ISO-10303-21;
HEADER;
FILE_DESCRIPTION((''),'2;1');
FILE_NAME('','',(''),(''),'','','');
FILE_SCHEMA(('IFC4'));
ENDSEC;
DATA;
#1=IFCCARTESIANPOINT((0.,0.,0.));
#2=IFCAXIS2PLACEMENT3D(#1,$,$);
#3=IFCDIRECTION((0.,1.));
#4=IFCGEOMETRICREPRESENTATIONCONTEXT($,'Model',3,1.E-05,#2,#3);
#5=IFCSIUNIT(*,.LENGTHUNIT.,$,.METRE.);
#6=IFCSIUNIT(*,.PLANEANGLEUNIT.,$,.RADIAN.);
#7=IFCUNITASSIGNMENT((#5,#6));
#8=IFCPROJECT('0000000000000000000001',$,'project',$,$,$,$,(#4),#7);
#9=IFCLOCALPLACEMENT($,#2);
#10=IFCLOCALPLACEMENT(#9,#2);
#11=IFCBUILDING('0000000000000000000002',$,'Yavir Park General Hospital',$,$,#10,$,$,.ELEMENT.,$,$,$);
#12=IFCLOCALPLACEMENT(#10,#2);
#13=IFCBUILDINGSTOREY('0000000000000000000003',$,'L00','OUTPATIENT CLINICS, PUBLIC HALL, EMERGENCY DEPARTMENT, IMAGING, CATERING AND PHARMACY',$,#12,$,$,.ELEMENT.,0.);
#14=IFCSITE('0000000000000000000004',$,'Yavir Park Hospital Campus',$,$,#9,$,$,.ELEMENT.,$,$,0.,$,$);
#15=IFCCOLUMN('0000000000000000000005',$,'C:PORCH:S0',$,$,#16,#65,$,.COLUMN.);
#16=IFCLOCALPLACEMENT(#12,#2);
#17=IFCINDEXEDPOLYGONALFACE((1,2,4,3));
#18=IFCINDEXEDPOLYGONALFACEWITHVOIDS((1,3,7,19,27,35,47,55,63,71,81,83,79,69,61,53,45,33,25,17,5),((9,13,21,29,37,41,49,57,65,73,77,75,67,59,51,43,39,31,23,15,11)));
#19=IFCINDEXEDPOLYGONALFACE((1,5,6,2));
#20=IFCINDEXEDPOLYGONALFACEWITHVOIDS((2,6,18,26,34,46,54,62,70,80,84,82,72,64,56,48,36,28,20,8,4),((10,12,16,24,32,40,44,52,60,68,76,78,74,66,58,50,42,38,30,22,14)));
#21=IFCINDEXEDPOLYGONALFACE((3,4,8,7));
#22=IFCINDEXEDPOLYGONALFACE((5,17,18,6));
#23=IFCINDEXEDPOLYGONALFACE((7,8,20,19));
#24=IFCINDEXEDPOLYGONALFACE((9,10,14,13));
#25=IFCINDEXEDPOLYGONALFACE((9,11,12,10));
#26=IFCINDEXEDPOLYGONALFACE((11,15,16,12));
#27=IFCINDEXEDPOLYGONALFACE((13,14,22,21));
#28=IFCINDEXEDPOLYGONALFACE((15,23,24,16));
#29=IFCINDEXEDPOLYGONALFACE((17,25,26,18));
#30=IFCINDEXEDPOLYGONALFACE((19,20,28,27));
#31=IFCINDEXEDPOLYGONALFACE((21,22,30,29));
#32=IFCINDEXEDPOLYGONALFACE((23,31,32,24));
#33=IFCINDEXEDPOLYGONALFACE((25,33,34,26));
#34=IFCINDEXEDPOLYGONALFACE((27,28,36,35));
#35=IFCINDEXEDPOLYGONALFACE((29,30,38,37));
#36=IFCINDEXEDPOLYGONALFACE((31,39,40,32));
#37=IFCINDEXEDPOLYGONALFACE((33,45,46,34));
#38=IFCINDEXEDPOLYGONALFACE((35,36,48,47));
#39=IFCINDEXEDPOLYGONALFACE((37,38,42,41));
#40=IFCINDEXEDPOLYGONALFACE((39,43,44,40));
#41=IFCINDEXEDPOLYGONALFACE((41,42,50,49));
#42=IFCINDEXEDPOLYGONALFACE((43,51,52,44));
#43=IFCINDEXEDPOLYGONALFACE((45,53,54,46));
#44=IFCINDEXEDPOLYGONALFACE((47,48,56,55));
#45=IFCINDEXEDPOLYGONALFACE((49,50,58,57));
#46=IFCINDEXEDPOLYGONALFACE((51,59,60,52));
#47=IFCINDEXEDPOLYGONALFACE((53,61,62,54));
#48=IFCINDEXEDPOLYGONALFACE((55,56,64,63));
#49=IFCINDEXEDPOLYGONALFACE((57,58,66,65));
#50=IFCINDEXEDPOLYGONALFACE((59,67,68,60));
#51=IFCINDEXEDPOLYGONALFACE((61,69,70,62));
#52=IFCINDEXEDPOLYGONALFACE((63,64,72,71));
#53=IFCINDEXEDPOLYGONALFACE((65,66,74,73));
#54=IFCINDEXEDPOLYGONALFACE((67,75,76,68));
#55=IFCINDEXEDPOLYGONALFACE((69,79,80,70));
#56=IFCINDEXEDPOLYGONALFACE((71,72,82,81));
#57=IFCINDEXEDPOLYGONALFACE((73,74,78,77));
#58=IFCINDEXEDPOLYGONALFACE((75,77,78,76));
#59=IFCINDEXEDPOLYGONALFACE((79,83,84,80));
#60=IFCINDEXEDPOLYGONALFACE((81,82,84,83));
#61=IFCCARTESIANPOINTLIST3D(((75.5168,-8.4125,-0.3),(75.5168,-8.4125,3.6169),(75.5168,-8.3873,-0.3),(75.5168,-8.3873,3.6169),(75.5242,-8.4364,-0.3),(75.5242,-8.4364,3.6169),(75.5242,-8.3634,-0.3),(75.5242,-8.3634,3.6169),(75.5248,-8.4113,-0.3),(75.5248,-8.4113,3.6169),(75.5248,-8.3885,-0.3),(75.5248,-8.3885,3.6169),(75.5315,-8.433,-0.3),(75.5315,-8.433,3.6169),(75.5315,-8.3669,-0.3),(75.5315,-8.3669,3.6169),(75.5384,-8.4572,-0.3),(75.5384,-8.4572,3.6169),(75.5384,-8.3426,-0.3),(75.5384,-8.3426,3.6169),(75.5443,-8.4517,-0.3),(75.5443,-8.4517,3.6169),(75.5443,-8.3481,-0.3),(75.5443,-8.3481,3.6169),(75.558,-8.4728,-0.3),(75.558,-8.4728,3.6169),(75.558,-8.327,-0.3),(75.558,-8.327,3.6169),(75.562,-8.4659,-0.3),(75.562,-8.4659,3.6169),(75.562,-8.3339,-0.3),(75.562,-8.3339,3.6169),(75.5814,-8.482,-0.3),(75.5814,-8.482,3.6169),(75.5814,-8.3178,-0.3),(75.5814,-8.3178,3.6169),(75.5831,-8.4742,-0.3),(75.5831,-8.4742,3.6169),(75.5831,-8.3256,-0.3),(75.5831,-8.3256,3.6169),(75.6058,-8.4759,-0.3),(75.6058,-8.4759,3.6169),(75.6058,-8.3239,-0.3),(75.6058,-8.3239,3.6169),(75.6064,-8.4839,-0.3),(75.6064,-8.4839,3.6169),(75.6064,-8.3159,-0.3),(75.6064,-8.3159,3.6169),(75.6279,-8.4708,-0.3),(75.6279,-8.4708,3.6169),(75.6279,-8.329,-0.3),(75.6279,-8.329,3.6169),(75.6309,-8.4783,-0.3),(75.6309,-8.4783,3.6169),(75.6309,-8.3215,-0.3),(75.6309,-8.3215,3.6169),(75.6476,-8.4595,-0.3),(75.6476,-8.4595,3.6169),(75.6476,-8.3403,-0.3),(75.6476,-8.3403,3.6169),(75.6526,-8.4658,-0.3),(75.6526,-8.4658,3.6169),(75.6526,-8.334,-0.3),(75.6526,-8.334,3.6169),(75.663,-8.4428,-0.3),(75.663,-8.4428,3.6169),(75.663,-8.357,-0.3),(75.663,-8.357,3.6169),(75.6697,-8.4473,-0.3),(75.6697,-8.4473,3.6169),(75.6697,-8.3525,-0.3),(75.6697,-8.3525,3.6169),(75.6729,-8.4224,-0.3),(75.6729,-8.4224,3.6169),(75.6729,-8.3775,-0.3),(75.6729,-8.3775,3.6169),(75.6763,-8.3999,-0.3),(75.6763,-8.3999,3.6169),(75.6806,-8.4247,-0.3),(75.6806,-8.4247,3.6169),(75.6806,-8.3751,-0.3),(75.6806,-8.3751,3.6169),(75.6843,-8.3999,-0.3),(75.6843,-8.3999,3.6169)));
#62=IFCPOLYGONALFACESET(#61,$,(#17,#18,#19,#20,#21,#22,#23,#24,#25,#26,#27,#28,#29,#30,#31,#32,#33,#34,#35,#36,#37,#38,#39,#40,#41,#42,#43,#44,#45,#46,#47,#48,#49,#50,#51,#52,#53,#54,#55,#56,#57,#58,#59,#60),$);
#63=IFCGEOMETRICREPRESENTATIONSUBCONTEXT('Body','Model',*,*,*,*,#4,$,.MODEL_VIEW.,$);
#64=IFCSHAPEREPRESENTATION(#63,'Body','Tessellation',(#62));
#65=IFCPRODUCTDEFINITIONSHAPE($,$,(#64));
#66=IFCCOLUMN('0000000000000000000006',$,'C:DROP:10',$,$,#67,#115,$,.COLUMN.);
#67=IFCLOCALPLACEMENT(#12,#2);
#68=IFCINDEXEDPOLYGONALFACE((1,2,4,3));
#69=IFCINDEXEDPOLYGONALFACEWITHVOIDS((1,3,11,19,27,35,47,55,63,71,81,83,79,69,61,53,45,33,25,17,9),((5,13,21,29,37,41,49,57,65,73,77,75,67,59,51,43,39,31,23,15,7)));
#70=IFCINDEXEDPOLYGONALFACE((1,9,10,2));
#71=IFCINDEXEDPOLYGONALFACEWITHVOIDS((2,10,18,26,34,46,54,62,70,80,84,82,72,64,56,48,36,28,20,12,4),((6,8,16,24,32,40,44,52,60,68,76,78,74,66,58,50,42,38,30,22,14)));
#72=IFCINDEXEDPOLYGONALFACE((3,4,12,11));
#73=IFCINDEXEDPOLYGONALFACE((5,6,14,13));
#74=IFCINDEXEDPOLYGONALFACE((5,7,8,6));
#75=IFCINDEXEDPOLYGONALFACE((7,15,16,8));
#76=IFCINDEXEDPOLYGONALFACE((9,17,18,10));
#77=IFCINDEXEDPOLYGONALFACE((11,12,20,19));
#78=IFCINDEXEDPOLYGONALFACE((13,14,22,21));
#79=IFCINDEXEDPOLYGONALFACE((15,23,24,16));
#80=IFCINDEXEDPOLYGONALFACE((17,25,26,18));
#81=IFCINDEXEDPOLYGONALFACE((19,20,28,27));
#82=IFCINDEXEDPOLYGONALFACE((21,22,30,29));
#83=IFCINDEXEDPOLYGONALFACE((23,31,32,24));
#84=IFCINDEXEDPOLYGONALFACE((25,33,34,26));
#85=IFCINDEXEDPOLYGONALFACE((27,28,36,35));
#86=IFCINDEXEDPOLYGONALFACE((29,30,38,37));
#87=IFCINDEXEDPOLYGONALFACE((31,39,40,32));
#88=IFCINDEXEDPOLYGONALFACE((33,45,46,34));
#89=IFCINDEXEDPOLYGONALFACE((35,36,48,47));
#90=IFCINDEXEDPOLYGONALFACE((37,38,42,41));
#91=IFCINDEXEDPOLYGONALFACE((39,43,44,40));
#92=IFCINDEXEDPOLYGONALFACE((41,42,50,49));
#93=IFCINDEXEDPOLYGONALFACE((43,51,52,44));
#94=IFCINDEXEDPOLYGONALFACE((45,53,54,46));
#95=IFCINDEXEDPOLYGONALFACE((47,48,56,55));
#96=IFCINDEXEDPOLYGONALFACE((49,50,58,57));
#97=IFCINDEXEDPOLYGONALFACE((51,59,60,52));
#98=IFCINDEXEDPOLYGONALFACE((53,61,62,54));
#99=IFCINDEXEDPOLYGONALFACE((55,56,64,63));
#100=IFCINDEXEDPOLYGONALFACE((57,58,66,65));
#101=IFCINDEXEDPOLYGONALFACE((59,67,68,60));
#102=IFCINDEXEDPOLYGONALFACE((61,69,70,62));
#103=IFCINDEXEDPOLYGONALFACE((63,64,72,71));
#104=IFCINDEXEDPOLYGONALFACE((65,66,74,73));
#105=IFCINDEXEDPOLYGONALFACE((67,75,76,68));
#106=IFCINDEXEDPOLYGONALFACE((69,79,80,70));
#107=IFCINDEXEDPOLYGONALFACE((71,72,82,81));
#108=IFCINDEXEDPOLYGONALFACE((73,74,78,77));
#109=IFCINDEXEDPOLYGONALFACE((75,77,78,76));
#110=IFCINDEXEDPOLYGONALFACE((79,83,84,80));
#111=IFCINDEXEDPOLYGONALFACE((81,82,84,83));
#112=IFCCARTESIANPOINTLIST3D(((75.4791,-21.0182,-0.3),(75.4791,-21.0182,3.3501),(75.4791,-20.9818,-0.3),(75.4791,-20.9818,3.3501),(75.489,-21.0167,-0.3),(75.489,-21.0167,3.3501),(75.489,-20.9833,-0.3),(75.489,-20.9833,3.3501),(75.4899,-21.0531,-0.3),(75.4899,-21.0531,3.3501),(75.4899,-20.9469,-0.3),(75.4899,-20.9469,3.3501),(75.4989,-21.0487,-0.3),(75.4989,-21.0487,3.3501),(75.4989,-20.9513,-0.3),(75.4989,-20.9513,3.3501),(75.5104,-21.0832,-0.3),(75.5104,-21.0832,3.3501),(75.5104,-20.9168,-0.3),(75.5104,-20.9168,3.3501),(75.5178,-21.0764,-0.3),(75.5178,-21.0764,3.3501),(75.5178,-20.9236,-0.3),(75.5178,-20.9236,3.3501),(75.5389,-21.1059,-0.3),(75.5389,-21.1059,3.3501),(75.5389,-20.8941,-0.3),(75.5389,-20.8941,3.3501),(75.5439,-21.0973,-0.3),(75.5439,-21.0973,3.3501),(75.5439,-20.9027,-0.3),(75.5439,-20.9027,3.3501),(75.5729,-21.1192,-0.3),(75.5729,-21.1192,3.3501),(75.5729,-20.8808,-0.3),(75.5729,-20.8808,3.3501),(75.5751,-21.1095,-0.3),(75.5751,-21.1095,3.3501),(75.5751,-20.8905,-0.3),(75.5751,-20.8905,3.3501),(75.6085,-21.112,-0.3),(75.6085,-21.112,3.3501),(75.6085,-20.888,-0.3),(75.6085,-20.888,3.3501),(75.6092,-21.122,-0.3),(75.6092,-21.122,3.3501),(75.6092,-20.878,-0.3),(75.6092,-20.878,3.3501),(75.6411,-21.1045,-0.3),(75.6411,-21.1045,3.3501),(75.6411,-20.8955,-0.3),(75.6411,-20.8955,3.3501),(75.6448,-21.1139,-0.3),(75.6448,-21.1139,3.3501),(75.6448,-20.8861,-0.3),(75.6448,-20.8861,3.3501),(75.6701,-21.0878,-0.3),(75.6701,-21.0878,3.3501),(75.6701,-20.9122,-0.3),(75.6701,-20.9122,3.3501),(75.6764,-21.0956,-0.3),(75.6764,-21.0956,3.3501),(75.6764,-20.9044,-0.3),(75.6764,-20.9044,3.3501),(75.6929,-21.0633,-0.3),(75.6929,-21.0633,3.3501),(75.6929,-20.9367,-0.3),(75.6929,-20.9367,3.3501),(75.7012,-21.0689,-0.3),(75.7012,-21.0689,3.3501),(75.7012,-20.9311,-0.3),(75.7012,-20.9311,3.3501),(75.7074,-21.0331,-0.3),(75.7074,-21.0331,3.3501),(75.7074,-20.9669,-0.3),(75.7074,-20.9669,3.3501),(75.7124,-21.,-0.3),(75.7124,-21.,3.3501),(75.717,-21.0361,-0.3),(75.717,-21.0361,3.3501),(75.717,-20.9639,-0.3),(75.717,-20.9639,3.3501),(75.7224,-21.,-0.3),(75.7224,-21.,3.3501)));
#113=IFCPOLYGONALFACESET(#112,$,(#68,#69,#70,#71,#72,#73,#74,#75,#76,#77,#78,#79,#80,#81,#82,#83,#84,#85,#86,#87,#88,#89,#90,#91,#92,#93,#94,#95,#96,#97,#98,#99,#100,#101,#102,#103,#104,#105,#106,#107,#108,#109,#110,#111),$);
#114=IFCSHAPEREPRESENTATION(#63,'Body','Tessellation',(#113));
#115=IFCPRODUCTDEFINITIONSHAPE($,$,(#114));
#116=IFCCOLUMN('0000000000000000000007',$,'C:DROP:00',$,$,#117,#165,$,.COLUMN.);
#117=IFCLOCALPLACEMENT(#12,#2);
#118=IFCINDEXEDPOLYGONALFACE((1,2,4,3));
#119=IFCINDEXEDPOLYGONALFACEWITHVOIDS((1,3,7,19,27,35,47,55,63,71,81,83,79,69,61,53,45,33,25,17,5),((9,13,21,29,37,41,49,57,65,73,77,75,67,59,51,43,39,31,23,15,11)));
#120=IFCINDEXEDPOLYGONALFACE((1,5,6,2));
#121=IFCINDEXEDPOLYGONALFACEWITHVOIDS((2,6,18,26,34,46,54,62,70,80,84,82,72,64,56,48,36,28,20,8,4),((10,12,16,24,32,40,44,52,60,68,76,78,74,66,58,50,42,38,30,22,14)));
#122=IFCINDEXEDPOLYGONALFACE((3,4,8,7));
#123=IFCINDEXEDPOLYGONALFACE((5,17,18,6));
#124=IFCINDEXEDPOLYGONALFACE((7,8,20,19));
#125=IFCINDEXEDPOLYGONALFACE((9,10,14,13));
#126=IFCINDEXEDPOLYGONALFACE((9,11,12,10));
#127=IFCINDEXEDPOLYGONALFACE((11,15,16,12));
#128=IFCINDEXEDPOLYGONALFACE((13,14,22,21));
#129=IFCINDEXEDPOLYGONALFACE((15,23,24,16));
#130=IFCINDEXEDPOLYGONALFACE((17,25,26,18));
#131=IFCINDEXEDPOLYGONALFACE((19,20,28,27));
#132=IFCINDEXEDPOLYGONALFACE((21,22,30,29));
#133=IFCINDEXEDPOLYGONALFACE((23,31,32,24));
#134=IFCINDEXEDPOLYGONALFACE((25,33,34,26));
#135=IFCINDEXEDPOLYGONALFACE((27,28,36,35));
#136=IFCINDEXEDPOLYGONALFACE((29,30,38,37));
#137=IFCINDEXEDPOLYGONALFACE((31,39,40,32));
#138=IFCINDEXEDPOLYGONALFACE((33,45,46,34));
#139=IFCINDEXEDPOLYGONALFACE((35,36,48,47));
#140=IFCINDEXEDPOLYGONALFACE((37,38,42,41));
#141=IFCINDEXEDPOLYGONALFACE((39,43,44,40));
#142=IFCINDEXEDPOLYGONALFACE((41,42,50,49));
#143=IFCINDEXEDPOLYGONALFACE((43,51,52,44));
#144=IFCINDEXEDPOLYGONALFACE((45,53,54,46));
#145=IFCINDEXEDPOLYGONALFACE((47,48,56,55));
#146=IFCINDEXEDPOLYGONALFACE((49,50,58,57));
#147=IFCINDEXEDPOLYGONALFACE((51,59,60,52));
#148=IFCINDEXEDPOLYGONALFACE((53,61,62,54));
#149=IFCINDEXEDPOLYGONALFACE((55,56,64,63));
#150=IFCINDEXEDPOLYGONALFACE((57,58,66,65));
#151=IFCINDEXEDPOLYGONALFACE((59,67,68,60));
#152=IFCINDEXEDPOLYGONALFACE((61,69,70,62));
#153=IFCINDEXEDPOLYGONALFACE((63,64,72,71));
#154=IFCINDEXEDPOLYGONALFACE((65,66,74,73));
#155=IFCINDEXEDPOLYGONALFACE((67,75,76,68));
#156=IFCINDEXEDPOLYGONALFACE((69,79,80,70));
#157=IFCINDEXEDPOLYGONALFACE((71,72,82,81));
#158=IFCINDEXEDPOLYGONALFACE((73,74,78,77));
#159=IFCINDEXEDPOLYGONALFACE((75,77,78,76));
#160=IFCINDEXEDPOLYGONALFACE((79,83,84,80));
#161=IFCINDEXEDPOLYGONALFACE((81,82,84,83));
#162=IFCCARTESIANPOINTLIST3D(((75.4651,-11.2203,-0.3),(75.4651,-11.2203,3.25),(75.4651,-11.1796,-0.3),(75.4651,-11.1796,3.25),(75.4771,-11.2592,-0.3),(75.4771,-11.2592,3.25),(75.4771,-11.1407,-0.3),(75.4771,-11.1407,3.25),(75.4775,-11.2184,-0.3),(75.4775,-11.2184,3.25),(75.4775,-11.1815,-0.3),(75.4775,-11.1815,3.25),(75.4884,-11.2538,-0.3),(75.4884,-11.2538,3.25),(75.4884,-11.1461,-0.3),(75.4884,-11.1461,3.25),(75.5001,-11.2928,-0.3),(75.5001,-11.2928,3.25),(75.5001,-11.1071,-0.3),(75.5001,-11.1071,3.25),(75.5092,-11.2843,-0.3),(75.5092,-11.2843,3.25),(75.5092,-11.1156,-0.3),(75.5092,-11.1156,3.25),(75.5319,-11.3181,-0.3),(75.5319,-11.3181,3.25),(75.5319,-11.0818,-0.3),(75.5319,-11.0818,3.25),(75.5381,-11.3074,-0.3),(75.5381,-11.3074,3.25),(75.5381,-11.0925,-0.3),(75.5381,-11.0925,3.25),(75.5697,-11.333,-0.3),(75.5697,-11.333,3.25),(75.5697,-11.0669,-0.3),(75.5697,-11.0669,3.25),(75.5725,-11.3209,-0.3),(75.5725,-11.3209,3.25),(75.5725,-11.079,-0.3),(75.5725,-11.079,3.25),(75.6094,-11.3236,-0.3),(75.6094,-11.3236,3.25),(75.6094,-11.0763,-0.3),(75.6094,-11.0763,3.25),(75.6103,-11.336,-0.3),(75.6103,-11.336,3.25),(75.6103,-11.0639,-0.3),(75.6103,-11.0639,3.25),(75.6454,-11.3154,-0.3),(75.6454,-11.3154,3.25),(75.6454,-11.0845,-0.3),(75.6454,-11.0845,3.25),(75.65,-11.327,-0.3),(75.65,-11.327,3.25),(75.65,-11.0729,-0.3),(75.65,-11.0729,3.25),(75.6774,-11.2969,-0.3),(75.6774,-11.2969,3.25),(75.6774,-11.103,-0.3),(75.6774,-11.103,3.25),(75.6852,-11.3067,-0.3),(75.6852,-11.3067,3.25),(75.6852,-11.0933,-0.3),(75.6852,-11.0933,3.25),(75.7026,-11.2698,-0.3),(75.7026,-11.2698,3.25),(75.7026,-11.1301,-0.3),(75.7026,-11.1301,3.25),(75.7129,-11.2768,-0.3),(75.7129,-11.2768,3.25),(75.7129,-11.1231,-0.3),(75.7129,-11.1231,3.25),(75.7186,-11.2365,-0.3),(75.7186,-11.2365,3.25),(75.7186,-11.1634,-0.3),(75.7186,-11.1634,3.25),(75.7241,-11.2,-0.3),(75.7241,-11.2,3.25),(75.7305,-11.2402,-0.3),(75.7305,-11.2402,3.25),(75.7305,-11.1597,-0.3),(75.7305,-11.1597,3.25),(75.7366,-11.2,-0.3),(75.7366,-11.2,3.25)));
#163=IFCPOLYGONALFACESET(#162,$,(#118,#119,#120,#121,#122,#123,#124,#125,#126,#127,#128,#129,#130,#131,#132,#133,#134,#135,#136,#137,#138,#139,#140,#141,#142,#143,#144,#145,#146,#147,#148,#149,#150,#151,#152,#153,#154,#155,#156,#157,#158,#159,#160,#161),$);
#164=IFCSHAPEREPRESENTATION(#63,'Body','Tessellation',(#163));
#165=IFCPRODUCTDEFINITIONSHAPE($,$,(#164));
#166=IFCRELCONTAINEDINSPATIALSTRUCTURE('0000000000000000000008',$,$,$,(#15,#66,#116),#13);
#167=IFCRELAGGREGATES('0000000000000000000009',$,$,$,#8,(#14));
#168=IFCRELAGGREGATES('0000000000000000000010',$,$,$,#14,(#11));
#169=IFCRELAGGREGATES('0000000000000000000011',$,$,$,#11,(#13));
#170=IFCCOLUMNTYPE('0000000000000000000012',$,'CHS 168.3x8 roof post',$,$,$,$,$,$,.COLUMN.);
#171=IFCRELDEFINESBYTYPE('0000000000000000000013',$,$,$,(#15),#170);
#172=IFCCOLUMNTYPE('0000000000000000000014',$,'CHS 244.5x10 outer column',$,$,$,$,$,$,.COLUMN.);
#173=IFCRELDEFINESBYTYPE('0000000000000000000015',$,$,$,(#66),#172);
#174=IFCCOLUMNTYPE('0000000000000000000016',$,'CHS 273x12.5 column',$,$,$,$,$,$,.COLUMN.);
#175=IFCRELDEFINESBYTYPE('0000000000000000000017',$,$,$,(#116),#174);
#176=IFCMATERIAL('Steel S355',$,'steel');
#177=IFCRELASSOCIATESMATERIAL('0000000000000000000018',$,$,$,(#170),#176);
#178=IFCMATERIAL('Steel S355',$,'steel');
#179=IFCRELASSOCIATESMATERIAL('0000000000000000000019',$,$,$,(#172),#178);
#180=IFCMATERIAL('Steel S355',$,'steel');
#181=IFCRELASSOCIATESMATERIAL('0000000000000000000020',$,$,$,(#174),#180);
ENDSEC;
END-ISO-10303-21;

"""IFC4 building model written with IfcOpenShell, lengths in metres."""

from ifc_helpers import new_model, si_unit, direction, frame, origin, origin_2d, place, context, subcontext, project, spatial, hollow_circle, extrude, material, material_profile, profile_set, type_object, element, save


model = new_model("IFC4")

# Units and contexts
model_context = context("Model", 3, precision=1e-05, world=origin(), true_north=direction((0.0, 1.0)))
body_context = subcontext(model_context, "Body", "Model", "MODEL_VIEW")
ifc_project = project(units=[si_unit("LENGTHUNIT", "METRE"), si_unit("PLANEANGLEUNIT", "RADIAN")], contexts=[model_context])

# Site, building, storey
site_placement = place(None, origin())
site = spatial("IfcSite", under=ifc_project, at=site_placement, Name="Yavir Park Hospital Campus", CompositionType="ELEMENT", RefElevation=0.0)
building_placement = place(site_placement, origin())
building = spatial("IfcBuilding", under=site, at=building_placement, Name="Yavir Park General Hospital", CompositionType="ELEMENT")
storey_placement = place(building_placement, origin())
storey = spatial("IfcBuildingStorey", under=building, at=storey_placement, Name="L00", Description="OUTPATIENT CLINICS, PUBLIC HALL, EMERGENCY DEPARTMENT, IMAGING, CATERING AND PHARMACY", CompositionType="ELEMENT", Elevation=0.0)

# Columns
ifc_material_1 = material(Name="Steel S355", Category="steel")
ifc_material_profile_1 = material_profile(ifc_material_1, hollow_circle(Radius=0.0842, WallThickness=0.0081, at=origin_2d()), Name="CHS168.3x8")
ifc_profile_set_1 = profile_set([ifc_material_profile_1], Name="Steel S355")
column_type_1 = type_object("IfcColumnType", Name="CHS 168.3x8 roof post", PredefinedType="COLUMN", material=ifc_profile_set_1)
column_1_placement = place(storey_placement, frame((75.6001, -8.3999, -0.3), z_axis=(0.0, 0.0, 1.0), x_axis=(1.0, 0.0, 0.0)))
element("IfcColumn", 1, at=column_1_placement, inside=storey, type_object=column_type_1, Name="C:PORCH:S0", PredefinedType="COLUMN", context=body_context, shape_type="SweptSolid", body=[
    extrude(hollow_circle(Radius=0.0842, WallThickness=0.0081, at=origin_2d()), origin(), (0.0, 0.0, 1.0), 3.917),
])
ifc_material_2 = material(Name="Steel S355", Category="steel")
ifc_material_profile_2 = material_profile(ifc_material_2, hollow_circle(Radius=0.1223, WallThickness=0.01, at=origin_2d()), Name="CHS244.5x10")
ifc_profile_set_2 = profile_set([ifc_material_profile_2], Name="Steel S355")
column_type_2 = type_object("IfcColumnType", Name="CHS 244.5x10 outer column", PredefinedType="COLUMN", material=ifc_profile_set_2)
column_2_placement = place(storey_placement, frame((75.6001, -21.0, -0.3), z_axis=(0.0, 0.0, 1.0), x_axis=(1.0, 0.0, 0.0)))
element("IfcColumn", 2, at=column_2_placement, inside=storey, type_object=column_type_2, Name="C:DROP:10", PredefinedType="COLUMN", context=body_context, shape_type="SweptSolid", body=[
    extrude(hollow_circle(Radius=0.1223, WallThickness=0.01, at=origin_2d()), origin(), (0.0, 0.0, 1.0), 3.6501),
])
ifc_material_3 = material(Name="Steel S355", Category="steel")
ifc_material_profile_3 = material_profile(ifc_material_3, hollow_circle(Radius=0.1365, WallThickness=0.0125, at=origin_2d()), Name="CHS273x12.5")
ifc_profile_set_3 = profile_set([ifc_material_profile_3], Name="Steel S355")
column_type_3 = type_object("IfcColumnType", Name="CHS 273x12.5 column", PredefinedType="COLUMN", material=ifc_profile_set_3)
column_3_placement = place(storey_placement, frame((75.6001, -11.2, -0.3), z_axis=(0.0, 0.0, 1.0), x_axis=(1.0, 0.0, 0.0)))
element("IfcColumn", 3, at=column_3_placement, inside=storey, type_object=column_type_3, Name="C:DROP:00", PredefinedType="COLUMN", context=body_context, shape_type="SweptSolid", body=[
    extrude(hollow_circle(Radius=0.1365, WallThickness=0.0125, at=origin_2d()), origin(), (0.0, 0.0, 1.0), 3.55),
])

save(model, "model.ifc")
